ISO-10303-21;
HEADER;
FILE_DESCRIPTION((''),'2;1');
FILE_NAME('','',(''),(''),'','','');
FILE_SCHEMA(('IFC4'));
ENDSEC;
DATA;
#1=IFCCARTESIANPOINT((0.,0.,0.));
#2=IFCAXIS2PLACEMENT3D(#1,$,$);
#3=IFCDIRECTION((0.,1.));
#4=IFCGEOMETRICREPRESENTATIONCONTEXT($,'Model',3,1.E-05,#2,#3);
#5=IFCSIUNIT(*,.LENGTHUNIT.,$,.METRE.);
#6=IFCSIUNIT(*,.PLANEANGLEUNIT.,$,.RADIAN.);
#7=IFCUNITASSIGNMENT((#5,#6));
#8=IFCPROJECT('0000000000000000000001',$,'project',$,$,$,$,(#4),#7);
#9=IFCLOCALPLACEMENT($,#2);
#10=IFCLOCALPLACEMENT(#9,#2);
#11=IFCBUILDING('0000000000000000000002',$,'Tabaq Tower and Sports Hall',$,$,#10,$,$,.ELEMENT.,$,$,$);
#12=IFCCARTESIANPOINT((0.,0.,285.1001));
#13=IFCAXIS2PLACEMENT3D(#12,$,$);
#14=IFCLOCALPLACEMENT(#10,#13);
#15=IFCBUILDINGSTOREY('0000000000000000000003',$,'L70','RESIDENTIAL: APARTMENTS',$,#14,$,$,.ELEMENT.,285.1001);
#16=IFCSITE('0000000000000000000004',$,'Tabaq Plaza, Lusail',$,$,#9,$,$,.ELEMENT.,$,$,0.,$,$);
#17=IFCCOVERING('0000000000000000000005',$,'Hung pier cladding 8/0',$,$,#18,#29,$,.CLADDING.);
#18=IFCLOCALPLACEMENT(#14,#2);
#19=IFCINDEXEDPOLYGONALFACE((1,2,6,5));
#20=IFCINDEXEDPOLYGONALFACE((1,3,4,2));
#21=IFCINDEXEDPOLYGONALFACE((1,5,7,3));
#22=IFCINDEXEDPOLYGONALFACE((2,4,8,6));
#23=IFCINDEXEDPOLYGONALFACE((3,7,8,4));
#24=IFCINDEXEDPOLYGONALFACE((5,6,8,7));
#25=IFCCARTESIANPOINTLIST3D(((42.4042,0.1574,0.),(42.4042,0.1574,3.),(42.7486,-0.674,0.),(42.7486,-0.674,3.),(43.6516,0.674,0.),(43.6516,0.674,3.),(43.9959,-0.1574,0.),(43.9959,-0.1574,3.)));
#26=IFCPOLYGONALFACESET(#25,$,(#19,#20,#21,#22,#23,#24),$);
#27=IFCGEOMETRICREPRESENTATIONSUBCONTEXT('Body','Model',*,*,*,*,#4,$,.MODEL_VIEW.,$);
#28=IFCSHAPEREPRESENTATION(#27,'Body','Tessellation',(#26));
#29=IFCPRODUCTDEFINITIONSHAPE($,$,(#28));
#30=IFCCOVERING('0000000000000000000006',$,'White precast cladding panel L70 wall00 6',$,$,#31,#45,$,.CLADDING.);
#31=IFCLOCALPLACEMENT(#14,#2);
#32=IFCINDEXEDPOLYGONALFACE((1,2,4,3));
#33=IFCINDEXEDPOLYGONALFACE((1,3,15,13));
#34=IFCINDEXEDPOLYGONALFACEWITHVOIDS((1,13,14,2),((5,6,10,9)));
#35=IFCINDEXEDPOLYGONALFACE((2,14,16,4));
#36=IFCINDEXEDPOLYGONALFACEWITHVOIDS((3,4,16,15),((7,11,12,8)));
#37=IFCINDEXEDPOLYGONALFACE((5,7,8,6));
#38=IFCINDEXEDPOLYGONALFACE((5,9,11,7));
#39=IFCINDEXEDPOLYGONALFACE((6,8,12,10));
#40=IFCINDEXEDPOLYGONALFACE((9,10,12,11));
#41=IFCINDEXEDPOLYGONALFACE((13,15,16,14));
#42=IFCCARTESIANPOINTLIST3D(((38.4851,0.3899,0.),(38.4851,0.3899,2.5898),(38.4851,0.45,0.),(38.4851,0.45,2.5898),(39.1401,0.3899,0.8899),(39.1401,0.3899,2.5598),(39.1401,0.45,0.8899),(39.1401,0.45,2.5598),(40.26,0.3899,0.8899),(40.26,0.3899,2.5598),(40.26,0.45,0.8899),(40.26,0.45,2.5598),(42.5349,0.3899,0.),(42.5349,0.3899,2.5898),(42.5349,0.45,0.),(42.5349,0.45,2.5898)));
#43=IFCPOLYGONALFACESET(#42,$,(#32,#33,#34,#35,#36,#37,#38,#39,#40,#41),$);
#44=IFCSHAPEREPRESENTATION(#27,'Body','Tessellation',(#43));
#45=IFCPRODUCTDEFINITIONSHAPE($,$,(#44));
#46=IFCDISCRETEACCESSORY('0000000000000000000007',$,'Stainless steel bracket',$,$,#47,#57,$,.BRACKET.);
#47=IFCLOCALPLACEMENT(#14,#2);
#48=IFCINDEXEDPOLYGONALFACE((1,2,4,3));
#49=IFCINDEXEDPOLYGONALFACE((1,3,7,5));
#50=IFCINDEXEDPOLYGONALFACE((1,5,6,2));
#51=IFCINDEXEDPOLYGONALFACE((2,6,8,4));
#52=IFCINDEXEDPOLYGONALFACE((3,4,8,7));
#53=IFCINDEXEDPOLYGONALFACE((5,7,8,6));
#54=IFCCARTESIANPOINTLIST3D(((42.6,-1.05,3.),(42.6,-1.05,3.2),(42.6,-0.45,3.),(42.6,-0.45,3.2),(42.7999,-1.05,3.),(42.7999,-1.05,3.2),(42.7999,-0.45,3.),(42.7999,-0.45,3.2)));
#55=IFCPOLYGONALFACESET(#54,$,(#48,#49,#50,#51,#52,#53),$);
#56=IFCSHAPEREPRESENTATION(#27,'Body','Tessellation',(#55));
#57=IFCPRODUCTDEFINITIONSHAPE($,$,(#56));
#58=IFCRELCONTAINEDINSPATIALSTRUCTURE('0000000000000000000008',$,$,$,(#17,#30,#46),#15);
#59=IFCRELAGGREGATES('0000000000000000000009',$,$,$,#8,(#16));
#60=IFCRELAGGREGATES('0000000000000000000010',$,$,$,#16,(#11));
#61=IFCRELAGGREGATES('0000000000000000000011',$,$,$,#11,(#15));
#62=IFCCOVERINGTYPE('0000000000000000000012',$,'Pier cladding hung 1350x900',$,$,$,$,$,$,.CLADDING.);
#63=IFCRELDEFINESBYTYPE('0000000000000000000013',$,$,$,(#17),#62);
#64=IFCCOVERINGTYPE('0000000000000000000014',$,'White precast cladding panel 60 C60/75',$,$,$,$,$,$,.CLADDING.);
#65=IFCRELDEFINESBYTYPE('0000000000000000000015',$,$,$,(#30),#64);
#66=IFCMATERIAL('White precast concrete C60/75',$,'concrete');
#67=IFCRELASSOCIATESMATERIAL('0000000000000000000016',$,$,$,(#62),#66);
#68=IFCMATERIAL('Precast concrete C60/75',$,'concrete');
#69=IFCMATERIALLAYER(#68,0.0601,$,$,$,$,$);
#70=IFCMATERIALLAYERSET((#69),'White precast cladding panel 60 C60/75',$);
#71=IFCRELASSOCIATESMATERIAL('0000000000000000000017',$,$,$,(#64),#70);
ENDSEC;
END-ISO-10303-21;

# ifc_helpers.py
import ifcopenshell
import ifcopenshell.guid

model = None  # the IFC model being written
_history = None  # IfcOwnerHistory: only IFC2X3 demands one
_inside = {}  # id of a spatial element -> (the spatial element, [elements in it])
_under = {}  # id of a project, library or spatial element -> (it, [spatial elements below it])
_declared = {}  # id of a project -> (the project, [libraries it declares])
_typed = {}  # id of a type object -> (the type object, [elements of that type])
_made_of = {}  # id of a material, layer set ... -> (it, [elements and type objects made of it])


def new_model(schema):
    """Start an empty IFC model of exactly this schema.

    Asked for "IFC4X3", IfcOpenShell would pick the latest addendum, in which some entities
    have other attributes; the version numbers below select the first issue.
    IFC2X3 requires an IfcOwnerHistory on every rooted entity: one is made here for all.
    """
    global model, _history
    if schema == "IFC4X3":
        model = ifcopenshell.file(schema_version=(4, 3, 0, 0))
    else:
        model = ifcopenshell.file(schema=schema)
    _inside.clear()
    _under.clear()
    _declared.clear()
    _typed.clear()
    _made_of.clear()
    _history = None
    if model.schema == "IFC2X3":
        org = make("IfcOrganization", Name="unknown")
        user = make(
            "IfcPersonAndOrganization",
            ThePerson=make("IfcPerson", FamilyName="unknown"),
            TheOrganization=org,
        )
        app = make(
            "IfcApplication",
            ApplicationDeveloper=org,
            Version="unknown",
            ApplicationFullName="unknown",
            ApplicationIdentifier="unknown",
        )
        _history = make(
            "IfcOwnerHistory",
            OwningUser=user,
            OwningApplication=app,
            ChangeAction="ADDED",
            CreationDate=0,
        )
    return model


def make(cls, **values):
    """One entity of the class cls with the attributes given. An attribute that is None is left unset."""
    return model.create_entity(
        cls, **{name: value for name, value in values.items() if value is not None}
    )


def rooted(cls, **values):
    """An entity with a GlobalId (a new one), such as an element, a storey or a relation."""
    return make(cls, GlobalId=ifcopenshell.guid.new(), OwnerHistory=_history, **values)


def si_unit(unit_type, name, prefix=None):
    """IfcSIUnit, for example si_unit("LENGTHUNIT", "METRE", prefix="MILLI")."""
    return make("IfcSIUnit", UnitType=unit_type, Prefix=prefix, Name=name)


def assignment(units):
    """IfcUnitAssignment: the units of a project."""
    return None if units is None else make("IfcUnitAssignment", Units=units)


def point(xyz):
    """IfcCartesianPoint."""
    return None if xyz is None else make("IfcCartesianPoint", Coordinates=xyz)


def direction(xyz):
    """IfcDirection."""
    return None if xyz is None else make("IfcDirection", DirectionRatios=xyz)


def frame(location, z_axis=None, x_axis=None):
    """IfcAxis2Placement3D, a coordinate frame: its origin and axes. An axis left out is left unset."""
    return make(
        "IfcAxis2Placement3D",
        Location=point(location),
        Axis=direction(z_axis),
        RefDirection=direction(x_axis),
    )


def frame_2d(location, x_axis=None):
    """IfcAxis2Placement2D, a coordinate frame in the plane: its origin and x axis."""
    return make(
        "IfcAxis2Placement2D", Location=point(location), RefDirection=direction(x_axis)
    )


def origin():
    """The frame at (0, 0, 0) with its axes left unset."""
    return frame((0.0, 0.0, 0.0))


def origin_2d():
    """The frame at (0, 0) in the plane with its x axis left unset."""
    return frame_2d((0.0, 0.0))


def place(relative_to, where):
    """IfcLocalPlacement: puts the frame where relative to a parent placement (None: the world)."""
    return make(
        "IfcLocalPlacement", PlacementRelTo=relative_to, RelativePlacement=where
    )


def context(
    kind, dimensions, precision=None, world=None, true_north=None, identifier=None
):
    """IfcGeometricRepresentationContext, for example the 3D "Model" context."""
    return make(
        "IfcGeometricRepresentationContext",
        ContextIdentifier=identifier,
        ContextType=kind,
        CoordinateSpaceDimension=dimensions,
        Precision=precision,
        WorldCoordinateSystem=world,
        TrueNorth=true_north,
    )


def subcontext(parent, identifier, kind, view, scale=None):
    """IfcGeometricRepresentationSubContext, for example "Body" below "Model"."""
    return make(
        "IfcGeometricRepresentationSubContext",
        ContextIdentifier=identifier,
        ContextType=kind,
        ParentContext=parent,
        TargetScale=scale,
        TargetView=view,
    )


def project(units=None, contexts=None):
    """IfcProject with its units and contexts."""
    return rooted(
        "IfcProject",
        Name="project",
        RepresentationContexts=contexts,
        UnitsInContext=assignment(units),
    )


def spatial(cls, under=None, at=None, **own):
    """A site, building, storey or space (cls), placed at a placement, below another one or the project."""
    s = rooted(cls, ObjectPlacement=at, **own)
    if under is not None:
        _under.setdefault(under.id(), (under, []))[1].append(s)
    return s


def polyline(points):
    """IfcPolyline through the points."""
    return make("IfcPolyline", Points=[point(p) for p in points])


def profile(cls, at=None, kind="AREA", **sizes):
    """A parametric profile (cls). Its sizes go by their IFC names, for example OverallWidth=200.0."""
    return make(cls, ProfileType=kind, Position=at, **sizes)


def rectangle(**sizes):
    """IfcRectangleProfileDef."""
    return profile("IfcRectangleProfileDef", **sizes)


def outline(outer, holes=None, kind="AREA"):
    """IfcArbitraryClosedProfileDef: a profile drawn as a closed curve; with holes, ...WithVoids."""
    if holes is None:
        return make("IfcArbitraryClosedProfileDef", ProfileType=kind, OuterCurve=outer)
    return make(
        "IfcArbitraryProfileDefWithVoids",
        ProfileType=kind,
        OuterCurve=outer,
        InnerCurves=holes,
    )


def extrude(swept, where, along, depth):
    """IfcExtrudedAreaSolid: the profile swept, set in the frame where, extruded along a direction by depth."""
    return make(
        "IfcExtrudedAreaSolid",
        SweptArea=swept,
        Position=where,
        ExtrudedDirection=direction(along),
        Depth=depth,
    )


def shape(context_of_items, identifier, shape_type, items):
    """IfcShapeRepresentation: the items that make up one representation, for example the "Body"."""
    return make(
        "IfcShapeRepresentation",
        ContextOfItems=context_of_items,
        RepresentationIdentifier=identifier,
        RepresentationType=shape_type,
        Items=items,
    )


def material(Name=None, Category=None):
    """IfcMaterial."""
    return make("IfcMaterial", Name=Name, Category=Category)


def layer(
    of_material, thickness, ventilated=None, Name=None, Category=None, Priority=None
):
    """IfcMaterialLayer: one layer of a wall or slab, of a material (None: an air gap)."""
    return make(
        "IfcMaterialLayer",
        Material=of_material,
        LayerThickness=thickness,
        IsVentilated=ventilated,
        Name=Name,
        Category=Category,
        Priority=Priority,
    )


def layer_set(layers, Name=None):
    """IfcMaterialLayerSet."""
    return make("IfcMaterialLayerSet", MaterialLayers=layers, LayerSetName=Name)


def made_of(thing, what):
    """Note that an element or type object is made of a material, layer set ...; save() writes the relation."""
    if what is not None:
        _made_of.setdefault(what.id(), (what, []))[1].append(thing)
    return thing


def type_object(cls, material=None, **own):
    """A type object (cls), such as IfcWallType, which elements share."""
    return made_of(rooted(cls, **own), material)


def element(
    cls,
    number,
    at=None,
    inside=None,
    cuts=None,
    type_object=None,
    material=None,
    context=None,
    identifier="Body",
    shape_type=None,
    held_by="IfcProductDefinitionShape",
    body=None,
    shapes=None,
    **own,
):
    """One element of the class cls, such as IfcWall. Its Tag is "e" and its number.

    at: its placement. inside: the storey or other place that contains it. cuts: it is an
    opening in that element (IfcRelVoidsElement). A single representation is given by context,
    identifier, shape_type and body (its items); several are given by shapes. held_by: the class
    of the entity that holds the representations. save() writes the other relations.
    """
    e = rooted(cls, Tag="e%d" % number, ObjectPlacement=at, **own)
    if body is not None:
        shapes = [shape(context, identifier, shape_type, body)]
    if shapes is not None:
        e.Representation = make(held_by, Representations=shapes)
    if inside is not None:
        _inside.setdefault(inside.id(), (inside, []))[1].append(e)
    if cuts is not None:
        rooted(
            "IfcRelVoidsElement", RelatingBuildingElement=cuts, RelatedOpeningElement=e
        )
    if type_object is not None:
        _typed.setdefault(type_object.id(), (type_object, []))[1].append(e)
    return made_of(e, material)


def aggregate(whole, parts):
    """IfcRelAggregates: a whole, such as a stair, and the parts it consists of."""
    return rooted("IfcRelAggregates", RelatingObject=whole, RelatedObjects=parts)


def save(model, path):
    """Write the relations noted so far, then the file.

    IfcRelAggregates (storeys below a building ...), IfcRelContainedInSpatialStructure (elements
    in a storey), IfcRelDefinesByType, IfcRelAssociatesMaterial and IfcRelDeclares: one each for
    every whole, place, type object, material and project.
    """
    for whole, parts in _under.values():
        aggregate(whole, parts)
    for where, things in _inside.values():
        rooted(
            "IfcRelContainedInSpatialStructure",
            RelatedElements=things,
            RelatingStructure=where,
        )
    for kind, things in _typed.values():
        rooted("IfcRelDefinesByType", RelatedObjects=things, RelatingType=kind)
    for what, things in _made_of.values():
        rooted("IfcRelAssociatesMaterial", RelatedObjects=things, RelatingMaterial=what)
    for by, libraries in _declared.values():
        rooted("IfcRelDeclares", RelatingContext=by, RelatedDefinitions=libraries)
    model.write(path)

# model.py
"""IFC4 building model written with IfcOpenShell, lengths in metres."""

from ifc_helpers import new_model, si_unit, direction, frame, frame_2d, origin, origin_2d, place, context, subcontext, project, spatial, polyline, rectangle, outline, extrude, material, layer, layer_set, type_object, element, save


model = new_model("IFC4")

# Units and contexts
model_context = context("Model", 3, precision=1e-05, world=origin(), true_north=direction((0.0, 1.0)))
body_context = subcontext(model_context, "Body", "Model", "MODEL_VIEW")
ifc_project = project(units=[si_unit("LENGTHUNIT", "METRE"), si_unit("PLANEANGLEUNIT", "RADIAN")], contexts=[model_context])

# Site, building, storey
site_placement = place(None, origin())
site = spatial("IfcSite", under=ifc_project, at=site_placement, Name="Tabaq Plaza, Lusail", CompositionType="ELEMENT", RefElevation=0.0)
building_placement = place(site_placement, origin())
building = spatial("IfcBuilding", under=site, at=building_placement, Name="Tabaq Tower and Sports Hall", CompositionType="ELEMENT")
storey_placement = place(building_placement, frame((0.0, 0.0, 285.1001)))
storey = spatial("IfcBuildingStorey", under=building, at=storey_placement, Name="L70", Description="RESIDENTIAL: APARTMENTS", CompositionType="ELEMENT", Elevation=285.1001)

# Coverings
ifc_material_1 = material(Name="White precast concrete C60/75", Category="concrete")
covering_type_1 = type_object("IfcCoveringType", Name="Pier cladding hung 1350x900", PredefinedType="CLADDING", material=ifc_material_1)
covering_1_placement = place(storey_placement, frame((42.5764, -0.2583, 0.0), z_axis=(0.0, 0.0, 1.0), x_axis=(0.923893, 0.38265, 0.0)))
element("IfcCovering", 1, at=covering_1_placement, inside=storey, type_object=covering_type_1, Name="Hung pier cladding 8/0", PredefinedType="CLADDING", context=body_context, shape_type="SweptSolid", body=[
    extrude(rectangle(XDim=1.3501, YDim=0.8999, at=frame_2d((0.675, 0.0))), origin(), (0.0, 0.0, 1.0), 3.0),
])
ifc_material_2 = material(Name="Precast concrete C60/75", Category="concrete")
ifc_layer_1 = layer(ifc_material_2, 0.0601)
ifc_layer_set_1 = layer_set([ifc_layer_1], Name="White precast cladding panel 60 C60/75")
covering_type_2 = type_object("IfcCoveringType", Name="White precast cladding panel 60 C60/75", PredefinedType="CLADDING", material=ifc_layer_set_1)
covering_2_placement = place(storey_placement, frame((38.4851, 0.4199, 0.0), z_axis=(0.0, 0.0, 1.0), x_axis=(1.0, 0.0, 0.0)))
element("IfcCovering", 2, at=covering_2_placement, inside=storey, type_object=covering_type_2, Name="White precast cladding panel L70 wall00 6", PredefinedType="CLADDING", context=body_context, shape_type="SweptSolid", body=[
    extrude(outline(polyline([(0.0, 0.0), (4.0498, 0.0), (4.0498, 2.5898), (0.0, 2.5898), (0.0, 0.0)]), holes=[polyline([(1.7749, 0.8899), (0.655, 0.8899), (0.655, 2.5598), (1.7749, 2.5598), (1.7749, 0.8899)])]), frame((0.0, 0.03, 0.0), z_axis=(0.0, -1.0, 0.0), x_axis=(1.0, 0.0, 0.0)), (0.0, 0.0, 1.0), 0.0601),
])

# Discrete accessory
discrete_accessory_placement = place(storey_placement, frame((42.7, -0.75, 3.0), z_axis=(0.0, 0.0, 1.0), x_axis=(0.0, -1.0, 0.0)))
element("IfcDiscreteAccessory", 3, at=discrete_accessory_placement, inside=storey, Name="Stainless steel bracket", PredefinedType="BRACKET", context=body_context, shape_type="SweptSolid", body=[
    extrude(rectangle(XDim=0.6001, YDim=0.2, at=origin_2d()), origin(), (0.0, 0.0, 1.0), 0.2),
])

save(model, "model.ifc")
